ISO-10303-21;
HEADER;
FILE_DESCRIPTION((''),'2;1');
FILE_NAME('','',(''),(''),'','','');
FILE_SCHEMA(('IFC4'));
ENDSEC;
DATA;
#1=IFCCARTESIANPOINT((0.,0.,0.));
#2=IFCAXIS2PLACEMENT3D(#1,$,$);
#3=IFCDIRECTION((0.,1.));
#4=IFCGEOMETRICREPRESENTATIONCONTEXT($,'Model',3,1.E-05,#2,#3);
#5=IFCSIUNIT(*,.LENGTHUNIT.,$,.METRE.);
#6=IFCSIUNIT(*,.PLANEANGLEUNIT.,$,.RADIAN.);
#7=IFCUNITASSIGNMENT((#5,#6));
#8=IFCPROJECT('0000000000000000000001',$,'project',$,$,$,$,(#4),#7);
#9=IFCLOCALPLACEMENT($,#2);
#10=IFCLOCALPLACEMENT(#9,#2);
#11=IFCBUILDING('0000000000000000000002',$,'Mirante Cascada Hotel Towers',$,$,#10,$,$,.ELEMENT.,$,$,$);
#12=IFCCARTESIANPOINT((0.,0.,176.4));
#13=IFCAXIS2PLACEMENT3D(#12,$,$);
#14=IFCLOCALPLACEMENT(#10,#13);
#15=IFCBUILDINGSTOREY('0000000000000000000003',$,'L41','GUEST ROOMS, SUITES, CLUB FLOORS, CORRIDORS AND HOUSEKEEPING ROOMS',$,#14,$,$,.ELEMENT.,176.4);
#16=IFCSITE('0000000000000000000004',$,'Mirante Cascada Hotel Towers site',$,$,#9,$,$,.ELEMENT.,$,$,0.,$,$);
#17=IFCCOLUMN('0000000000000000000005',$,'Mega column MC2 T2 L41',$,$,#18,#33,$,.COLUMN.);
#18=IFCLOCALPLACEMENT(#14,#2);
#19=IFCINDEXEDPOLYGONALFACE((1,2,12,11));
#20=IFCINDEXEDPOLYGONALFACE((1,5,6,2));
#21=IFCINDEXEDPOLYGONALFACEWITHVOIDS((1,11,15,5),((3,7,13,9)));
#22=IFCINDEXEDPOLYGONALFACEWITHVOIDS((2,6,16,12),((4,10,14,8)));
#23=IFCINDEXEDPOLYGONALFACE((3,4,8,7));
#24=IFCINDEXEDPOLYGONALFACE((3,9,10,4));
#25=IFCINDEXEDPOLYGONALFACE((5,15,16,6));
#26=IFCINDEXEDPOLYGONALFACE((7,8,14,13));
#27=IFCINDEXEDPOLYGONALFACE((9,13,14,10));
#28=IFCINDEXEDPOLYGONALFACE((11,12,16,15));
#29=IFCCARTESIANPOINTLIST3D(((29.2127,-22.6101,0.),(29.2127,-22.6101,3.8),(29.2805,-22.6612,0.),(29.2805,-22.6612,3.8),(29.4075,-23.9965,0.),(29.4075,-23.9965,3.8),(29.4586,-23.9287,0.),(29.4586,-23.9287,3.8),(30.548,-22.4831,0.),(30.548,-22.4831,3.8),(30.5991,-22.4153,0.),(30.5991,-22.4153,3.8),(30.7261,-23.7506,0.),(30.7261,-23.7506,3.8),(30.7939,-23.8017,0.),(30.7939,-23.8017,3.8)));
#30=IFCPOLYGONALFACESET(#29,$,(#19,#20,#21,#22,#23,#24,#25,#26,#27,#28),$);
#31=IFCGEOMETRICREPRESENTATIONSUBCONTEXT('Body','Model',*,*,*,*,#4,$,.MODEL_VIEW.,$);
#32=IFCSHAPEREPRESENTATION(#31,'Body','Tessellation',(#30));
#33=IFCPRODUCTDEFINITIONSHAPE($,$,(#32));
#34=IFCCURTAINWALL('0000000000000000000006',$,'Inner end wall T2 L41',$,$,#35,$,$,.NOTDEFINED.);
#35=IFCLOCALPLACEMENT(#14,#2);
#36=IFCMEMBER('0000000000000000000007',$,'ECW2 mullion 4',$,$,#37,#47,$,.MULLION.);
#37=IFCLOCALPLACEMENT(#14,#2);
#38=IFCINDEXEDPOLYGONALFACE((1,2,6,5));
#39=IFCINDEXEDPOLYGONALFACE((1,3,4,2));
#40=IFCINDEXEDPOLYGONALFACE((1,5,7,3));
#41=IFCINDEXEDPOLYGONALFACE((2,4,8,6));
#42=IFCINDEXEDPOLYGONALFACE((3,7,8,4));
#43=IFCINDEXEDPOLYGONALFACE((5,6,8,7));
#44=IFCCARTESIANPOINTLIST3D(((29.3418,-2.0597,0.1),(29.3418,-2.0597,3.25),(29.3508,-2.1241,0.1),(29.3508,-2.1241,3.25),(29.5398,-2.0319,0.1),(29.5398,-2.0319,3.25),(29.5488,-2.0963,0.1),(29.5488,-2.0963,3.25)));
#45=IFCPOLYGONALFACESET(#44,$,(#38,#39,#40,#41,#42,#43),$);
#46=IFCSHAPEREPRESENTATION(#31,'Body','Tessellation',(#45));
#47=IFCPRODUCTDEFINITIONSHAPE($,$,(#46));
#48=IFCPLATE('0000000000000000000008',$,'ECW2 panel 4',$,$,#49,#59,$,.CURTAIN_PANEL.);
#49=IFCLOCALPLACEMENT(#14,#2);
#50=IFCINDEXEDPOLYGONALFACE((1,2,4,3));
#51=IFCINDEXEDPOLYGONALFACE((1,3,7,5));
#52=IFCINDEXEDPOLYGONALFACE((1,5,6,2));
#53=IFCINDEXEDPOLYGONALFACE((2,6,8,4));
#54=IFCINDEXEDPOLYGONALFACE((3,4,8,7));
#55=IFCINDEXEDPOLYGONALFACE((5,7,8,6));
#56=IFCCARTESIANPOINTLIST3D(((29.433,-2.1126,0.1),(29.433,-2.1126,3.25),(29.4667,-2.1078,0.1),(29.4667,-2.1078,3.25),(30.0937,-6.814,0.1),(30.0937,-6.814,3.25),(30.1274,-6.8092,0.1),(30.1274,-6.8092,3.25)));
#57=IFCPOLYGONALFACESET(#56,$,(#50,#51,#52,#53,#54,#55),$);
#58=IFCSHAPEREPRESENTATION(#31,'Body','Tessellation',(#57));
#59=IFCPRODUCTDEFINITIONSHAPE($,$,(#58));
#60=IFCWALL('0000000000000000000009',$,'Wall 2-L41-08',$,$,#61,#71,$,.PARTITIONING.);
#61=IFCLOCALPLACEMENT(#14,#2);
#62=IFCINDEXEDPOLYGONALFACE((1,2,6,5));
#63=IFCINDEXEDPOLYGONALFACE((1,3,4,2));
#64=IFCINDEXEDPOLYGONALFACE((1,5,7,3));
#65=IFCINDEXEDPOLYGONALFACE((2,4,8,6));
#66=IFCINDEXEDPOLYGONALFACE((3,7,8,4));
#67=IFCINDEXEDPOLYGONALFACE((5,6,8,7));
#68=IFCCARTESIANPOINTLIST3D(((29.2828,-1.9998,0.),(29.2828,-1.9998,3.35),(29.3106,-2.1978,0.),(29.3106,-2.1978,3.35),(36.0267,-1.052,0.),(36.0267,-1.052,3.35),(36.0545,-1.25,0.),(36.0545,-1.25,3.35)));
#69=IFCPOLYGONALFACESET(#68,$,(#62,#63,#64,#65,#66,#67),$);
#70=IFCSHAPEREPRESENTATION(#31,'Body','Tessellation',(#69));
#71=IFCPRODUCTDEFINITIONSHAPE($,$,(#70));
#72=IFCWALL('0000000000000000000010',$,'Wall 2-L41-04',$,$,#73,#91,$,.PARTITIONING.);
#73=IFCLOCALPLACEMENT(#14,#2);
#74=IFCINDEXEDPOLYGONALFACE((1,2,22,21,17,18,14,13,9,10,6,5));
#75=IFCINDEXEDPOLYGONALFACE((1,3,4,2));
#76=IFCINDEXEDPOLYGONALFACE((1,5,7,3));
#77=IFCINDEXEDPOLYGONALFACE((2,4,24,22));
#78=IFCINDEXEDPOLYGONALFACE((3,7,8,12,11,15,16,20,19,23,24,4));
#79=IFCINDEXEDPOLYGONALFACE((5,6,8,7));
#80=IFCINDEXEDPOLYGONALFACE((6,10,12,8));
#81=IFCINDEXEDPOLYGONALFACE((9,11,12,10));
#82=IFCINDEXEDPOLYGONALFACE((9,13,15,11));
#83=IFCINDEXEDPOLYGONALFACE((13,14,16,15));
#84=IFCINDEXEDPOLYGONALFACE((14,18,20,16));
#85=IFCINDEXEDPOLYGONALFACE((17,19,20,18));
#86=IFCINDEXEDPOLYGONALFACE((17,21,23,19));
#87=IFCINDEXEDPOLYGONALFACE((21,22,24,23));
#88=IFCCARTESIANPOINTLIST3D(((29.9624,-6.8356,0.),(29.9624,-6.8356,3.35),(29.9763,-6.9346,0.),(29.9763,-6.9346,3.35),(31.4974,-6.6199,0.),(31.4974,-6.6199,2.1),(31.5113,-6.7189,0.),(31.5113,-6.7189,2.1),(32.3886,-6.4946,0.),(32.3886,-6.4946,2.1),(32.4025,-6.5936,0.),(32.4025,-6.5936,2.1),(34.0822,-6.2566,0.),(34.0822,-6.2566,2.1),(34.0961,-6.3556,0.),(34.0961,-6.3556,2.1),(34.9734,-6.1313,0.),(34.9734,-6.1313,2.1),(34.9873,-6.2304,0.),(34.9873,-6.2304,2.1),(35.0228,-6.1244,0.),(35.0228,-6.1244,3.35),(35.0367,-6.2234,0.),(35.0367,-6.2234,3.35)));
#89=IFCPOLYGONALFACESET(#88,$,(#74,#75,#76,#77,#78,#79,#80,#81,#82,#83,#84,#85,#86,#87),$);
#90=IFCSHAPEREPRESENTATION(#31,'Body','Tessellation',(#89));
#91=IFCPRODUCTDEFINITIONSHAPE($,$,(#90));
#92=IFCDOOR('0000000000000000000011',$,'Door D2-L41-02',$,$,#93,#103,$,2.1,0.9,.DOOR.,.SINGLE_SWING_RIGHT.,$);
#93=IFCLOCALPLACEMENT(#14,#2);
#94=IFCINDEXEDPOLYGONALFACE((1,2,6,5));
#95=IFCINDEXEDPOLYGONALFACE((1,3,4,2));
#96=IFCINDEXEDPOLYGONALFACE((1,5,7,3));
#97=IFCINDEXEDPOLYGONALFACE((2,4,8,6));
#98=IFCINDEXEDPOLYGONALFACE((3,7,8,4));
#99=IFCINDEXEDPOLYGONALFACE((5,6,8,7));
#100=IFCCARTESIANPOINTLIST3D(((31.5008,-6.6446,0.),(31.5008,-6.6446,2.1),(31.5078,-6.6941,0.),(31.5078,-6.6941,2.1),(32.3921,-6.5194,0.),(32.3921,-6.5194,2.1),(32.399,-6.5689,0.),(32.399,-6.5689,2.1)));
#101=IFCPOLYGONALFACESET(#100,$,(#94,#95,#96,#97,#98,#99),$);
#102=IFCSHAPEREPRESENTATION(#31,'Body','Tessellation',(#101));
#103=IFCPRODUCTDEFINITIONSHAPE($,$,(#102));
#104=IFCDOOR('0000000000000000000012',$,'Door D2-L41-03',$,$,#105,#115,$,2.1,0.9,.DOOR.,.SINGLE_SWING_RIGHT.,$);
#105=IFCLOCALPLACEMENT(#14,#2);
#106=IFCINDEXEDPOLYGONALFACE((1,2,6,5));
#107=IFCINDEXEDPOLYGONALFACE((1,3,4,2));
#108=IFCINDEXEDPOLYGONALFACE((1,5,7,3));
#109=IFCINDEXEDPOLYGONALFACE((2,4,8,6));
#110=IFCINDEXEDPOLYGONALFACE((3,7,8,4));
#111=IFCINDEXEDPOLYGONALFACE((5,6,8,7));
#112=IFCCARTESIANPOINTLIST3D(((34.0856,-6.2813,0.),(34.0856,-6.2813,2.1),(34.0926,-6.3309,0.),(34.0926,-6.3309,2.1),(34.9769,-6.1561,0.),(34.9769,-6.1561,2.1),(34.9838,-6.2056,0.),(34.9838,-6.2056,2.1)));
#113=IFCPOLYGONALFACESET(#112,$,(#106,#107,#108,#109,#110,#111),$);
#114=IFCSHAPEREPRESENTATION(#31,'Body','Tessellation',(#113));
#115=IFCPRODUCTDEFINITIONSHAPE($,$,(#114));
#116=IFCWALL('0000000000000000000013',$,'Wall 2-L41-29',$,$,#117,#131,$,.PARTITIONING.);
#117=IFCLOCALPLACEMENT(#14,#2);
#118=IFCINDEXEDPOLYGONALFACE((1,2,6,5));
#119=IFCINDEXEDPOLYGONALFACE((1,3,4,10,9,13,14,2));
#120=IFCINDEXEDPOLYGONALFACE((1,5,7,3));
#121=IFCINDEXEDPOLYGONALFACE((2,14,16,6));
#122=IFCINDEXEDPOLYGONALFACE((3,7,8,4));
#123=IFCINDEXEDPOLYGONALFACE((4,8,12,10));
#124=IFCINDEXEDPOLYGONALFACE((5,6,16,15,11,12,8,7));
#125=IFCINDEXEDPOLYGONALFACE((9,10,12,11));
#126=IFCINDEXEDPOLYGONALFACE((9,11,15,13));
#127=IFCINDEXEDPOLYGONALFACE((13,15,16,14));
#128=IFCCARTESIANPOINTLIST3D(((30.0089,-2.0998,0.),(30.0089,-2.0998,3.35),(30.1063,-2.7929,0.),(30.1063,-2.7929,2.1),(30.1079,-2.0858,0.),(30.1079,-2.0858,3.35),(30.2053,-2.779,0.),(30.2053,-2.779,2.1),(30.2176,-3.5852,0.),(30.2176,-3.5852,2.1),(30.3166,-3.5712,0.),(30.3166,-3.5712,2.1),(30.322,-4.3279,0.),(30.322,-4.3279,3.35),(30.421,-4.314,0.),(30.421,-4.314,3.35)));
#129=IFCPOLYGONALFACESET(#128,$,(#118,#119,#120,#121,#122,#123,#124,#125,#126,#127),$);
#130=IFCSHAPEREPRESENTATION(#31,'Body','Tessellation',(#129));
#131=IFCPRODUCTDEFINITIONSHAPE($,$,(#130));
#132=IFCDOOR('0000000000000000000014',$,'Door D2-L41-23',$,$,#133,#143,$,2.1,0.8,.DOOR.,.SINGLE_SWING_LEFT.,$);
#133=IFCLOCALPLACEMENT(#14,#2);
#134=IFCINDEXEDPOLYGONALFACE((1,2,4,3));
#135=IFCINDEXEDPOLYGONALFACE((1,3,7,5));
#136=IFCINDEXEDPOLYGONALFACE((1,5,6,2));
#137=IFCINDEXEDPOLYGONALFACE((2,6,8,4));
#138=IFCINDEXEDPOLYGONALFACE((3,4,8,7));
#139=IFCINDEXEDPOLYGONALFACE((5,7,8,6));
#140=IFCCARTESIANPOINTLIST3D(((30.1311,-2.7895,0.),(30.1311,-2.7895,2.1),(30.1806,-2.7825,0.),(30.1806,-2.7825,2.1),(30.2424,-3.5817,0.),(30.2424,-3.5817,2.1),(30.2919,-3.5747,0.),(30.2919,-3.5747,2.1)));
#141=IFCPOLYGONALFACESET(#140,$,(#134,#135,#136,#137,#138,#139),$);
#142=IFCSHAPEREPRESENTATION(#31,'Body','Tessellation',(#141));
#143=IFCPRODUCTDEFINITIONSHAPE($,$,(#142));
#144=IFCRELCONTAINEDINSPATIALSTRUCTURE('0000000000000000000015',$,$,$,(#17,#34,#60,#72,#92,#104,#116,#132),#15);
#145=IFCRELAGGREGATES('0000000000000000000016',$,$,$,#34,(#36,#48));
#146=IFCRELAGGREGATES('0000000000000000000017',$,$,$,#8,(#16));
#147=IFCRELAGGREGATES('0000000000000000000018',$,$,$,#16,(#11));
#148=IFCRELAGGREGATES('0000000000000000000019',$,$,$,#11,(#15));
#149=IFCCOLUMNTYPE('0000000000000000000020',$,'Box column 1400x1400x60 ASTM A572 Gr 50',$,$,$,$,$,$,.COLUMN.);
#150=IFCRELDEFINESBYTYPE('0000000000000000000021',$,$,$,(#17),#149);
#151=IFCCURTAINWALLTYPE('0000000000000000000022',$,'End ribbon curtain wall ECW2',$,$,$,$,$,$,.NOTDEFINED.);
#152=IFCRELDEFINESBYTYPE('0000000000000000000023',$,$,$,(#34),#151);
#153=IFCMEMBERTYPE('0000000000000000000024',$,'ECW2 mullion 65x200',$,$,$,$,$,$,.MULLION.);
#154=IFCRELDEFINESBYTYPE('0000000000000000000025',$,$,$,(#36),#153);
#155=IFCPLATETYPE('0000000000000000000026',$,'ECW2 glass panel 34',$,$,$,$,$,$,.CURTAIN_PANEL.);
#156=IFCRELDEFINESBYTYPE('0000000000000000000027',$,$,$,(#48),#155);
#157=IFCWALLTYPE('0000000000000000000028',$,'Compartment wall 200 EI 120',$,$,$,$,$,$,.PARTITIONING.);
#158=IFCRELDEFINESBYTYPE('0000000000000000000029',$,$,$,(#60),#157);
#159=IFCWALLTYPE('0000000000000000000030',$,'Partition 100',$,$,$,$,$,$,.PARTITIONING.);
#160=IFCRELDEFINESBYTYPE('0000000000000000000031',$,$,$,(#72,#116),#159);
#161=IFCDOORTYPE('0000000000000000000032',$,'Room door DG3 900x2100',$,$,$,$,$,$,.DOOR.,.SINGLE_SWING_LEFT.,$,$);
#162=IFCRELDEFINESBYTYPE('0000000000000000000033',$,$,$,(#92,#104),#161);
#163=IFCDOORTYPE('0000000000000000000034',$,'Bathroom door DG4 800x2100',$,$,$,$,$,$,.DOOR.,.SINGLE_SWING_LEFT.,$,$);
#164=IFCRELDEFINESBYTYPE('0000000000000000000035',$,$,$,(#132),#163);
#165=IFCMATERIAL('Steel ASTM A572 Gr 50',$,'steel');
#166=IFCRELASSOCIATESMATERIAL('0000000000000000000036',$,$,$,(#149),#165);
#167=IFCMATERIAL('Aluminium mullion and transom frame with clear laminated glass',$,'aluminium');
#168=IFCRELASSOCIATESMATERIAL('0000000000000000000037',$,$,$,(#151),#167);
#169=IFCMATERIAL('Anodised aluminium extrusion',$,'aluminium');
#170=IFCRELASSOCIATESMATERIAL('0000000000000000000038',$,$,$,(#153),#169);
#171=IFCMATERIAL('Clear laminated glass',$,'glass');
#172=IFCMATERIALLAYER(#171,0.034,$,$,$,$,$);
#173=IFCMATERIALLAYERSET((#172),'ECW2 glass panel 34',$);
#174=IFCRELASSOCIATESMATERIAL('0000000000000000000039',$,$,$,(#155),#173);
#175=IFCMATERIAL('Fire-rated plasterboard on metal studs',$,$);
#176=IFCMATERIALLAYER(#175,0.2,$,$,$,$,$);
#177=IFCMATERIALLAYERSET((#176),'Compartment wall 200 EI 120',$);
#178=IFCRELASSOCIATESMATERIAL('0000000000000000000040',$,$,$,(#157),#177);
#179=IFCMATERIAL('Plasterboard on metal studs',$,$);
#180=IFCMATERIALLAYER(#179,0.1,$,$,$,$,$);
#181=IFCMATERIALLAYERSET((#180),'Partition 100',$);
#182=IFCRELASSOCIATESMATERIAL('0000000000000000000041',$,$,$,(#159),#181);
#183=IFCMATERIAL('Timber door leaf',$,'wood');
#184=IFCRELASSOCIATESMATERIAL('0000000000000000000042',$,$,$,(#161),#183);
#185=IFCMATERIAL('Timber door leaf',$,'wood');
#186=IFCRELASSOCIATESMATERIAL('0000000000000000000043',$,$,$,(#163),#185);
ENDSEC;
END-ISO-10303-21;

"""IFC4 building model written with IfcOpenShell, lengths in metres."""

from ifc_helpers import new_model, si_unit, direction, frame, frame_2d, origin, origin_2d, place, context, subcontext, project, spatial, rectangle, hollow_rectangle, extrude, material, layer, layer_set, material_profile, profile_set, type_object, element, fill, aggregate, save


model = new_model("IFC4")

# Units and contexts
model_context = context("Model", 3, precision=1e-05, world=origin(), true_north=direction((0.0, 1.0)))
body_context = subcontext(model_context, "Body", "Model", "MODEL_VIEW")
ifc_project = project(units=[si_unit("LENGTHUNIT", "METRE"), si_unit("PLANEANGLEUNIT", "RADIAN")], contexts=[model_context])

# Site, building, storey
site_placement = place(None, origin())
site = spatial("IfcSite", under=ifc_project, at=site_placement, Name="Mirante Cascada Hotel Towers site", CompositionType="ELEMENT", RefElevation=0.0)
building_placement = place(site_placement, origin())
building = spatial("IfcBuilding", under=site, at=building_placement, Name="Mirante Cascada Hotel Towers", CompositionType="ELEMENT")
storey_placement = place(building_placement, frame((0.0, 0.0, 176.4)))
storey = spatial("IfcBuildingStorey", under=building, at=storey_placement, Name="L41", Description="GUEST ROOMS, SUITES, CLUB FLOORS, CORRIDORS AND HOUSEKEEPING ROOMS", CompositionType="ELEMENT", Elevation=176.4)

# Column
ifc_material_1 = material(Name="Steel ASTM A572 Gr 50", Category="steel")
ifc_material_profile_1 = material_profile(ifc_material_1, hollow_rectangle(XDim=1.4, YDim=1.4, WallThickness=0.06, at=origin_2d()), Name="Box column 1400x1400x60 ASTM A572 Gr 50")
ifc_profile_set_1 = profile_set([ifc_material_profile_1], Name="Steel ASTM A572 Gr 50")
column_type = type_object("IfcColumnType", Name="Box column 1400x1400x60 ASTM A572 Gr 50", PredefinedType="COLUMN", material=ifc_profile_set_1)
column_placement = place(storey_placement, frame((30.0033, -23.2059, 0.0), z_axis=(0.0, 0.0, 1.0), x_axis=(0.990268, 0.139173, 0.0)))
element("IfcColumn", 1, at=column_placement, inside=storey, type_object=column_type, Name="Mega column MC2 T2 L41", PredefinedType="COLUMN", context=body_context, shape_type="SweptSolid", body=[
    extrude(hollow_rectangle(XDim=1.4, YDim=1.4, WallThickness=0.06, at=origin_2d()), origin(), (0.0, 0.0, 1.0), 3.8),
])

# Curtain wall, member, plate
ifc_material_2 = material(Name="Aluminium mullion and transom frame with clear laminated glass", Category="aluminium")
curtain_wall_type = type_object("IfcCurtainWallType", Name="End ribbon curtain wall ECW2", PredefinedType="NOTDEFINED", material=ifc_material_2)
curtain_wall_placement = place(storey_placement, origin())
curtain_wall = element("IfcCurtainWall", 2, at=curtain_wall_placement, inside=storey, type_object=curtain_wall_type, Name="Inner end wall T2 L41", PredefinedType="NOTDEFINED")
ifc_material_3 = material(Name="Anodised aluminium extrusion", Category="aluminium")
ifc_material_profile_2 = material_profile(ifc_material_3, rectangle(XDim=0.2, YDim=0.065, at=origin_2d()), Name="ECW2 MULLION 65x200")
ifc_profile_set_2 = profile_set([ifc_material_profile_2], Name="Anodised aluminium extrusion")
member_type = type_object("IfcMemberType", Name="ECW2 mullion 65x200", PredefinedType="MULLION", material=ifc_profile_set_2)
member_placement = place(storey_placement, frame((29.4453, -2.078, 0.1), z_axis=(0.0, 0.0, 1.0), x_axis=(0.990268, 0.139173, 0.0)))
member = element("IfcMember", 3, at=member_placement, type_object=member_type, Name="ECW2 mullion 4", PredefinedType="MULLION", context=body_context, shape_type="SweptSolid", body=[
    extrude(rectangle(XDim=0.2, YDim=0.065, at=origin_2d()), origin(), (0.0, 0.0, 1.0), 3.15),
])
ifc_material_4 = material(Name="Clear laminated glass", Category="glass")
ifc_layer_1 = layer(ifc_material_4, 0.034)
ifc_layer_set_1 = layer_set([ifc_layer_1], Name="ECW2 glass panel 34")
plate_type = type_object("IfcPlateType", Name="ECW2 glass panel 34", PredefinedType="CURTAIN_PANEL", material=ifc_layer_set_1)
plate_placement = place(storey_placement, frame((29.7802, -4.4609, 0.1), z_axis=(0.0, 0.0, 1.0), x_axis=(0.139173, -0.990268, 0.0)))
plate = element("IfcPlate", 4, at=plate_placement, type_object=plate_type, Name="ECW2 panel 4", PredefinedType="CURTAIN_PANEL", context=body_context, shape_type="SweptSolid", body=[
    extrude(rectangle(XDim=4.7476, YDim=0.034, at=origin_2d()), origin(), (0.0, 0.0, 1.0), 3.15),
])
aggregate(curtain_wall, [member, plate])

# Wall
ifc_material_5 = material(Name="Fire-rated plasterboard on metal studs")
ifc_layer_2 = layer(ifc_material_5, 0.2)
ifc_layer_set_2 = layer_set([ifc_layer_2], Name="Compartment wall 200 EI 120")
wall_type_1 = type_object("IfcWallType", Name="Compartment wall 200 EI 120", PredefinedType="PARTITIONING", material=ifc_layer_set_2)
wall_1_placement = place(storey_placement, frame((29.2967, -2.0988, 0.0), z_axis=(0.0, 0.0, 1.0), x_axis=(0.990268, 0.139174, 0.0)))
element("IfcWall", 5, at=wall_1_placement, inside=storey, type_object=wall_type_1, Name="Wall 2-L41-08", PredefinedType="PARTITIONING", context=body_context, shape_type="SweptSolid", body=[
    extrude(rectangle(XDim=6.8102, YDim=0.2, at=frame_2d((3.4051, 0.0))), origin(), (0.0, 0.0, 1.0), 3.35),
])

# Wall, openings, doors
ifc_material_6 = material(Name="Plasterboard on metal studs")
ifc_layer_3 = layer(ifc_material_6, 0.1)
ifc_layer_set_3 = layer_set([ifc_layer_3], Name="Partition 100")
wall_type_2 = type_object("IfcWallType", Name="Partition 100", PredefinedType="PARTITIONING", material=ifc_layer_set_3)
wall_2_placement = place(storey_placement, frame((29.9694, -6.8851, 0.0), z_axis=(0.0, 0.0, 1.0), x_axis=(0.990268, 0.139175, 0.0)))
wall_2 = element("IfcWall", 6, at=wall_2_placement, inside=storey, type_object=wall_type_2, Name="Wall 2-L41-04", PredefinedType="PARTITIONING", context=body_context, shape_type="SweptSolid", body=[
    extrude(rectangle(XDim=5.1101, YDim=0.1, at=frame_2d((2.555, 0.0))), origin(), (0.0, 0.0, 1.0), 3.35),
])
opening_1_placement = place(wall_2_placement, frame((1.55, 0.0, 0.0)))
opening_1 = element("IfcOpeningElement", 7, at=opening_1_placement, cuts=wall_2, PredefinedType="OPENING", context=body_context, shape_type="SweptSolid", body=[
    extrude(rectangle(XDim=0.9, YDim=2.1, at=frame_2d((0.45, 1.05))), frame((0.0, 0.05, 0.0), z_axis=(0.0, -1.0, 0.0), x_axis=(1.0, 0.0, 0.0)), (0.0, 0.0, 1.0), 0.1),
])
opening_2_placement = place(wall_2_placement, frame((4.1602, 0.0, 0.0)))
opening_2 = element("IfcOpeningElement", 8, at=opening_2_placement, cuts=wall_2, PredefinedType="OPENING", context=body_context, shape_type="SweptSolid", body=[
    extrude(rectangle(XDim=0.9, YDim=2.1, at=frame_2d((0.45, 1.05))), frame((0.0, 0.05, 0.0), z_axis=(0.0, -1.0, 0.0), x_axis=(1.0, 0.0, 0.0)), (0.0, 0.0, 1.0), 0.1),
])
ifc_material_7 = material(Name="Timber door leaf", Category="wood")
door_type_1 = type_object("IfcDoorType", Name="Room door DG3 900x2100", OperationType="SINGLE_SWING_LEFT", PredefinedType="DOOR", material=ifc_material_7)
door_1_placement = place(opening_1_placement, frame((0.9, 0.0, 0.0), z_axis=(0.0, 0.0, 1.0), x_axis=(-1.0, 0.0, 0.0)))
door_1 = element("IfcDoor", 9, at=door_1_placement, inside=storey, type_object=door_type_1, Name="Door D2-L41-02", OperationType="SINGLE_SWING_RIGHT", OverallHeight=2.1, OverallWidth=0.9, PredefinedType="DOOR", context=body_context, shape_type="SweptSolid", body=[
    extrude(rectangle(XDim=0.9, YDim=2.1, at=frame_2d((0.45, 1.05))), frame((0.0, 0.025, 0.0), z_axis=(0.0, -1.0, 0.0), x_axis=(1.0, 0.0, 0.0)), (0.0, 0.0, 1.0), 0.05),
])
fill(opening_1, door_1)
door_2_placement = place(opening_2_placement, frame((0.9, 0.0, 0.0), z_axis=(0.0, 0.0, 1.0), x_axis=(-1.0, 0.0, 0.0)))
door_2 = element("IfcDoor", 10, at=door_2_placement, inside=storey, type_object=door_type_1, Name="Door D2-L41-03", OperationType="SINGLE_SWING_RIGHT", OverallHeight=2.1, OverallWidth=0.9, PredefinedType="DOOR", context=body_context, shape_type="SweptSolid", body=[
    extrude(rectangle(XDim=0.9, YDim=2.1, at=frame_2d((0.45, 1.05))), frame((0.0, 0.025, 0.0), z_axis=(0.0, -1.0, 0.0), x_axis=(1.0, 0.0, 0.0)), (0.0, 0.0, 1.0), 0.05),
])
fill(opening_2, door_2)

# Wall, opening, door
wall_3_placement = place(storey_placement, frame((30.0584, -2.0928, 0.0), z_axis=(0.0, 0.0, 1.0), x_axis=(0.139156, -0.990271, 0.0)))
wall_3 = element("IfcWall", 11, at=wall_3_placement, inside=storey, type_object=wall_type_2, Name="Wall 2-L41-29", PredefinedType="PARTITIONING", context=body_context, shape_type="SweptSolid", body=[
    extrude(rectangle(XDim=2.25, YDim=0.1, at=frame_2d((1.125, 0.0))), origin(), (0.0, 0.0, 1.0), 3.35),
])
opening_3_placement = place(wall_3_placement, frame((0.7, 0.0, 0.0)))
opening_3 = element("IfcOpeningElement", 12, at=opening_3_placement, cuts=wall_3, PredefinedType="OPENING", context=body_context, shape_type="SweptSolid", body=[
    extrude(rectangle(XDim=0.8, YDim=2.1, at=frame_2d((0.4, 1.05))), frame((0.0, 0.05, 0.0), z_axis=(0.0, -1.0, 0.0), x_axis=(1.0, 0.0, 0.0)), (0.0, 0.0, 1.0), 0.1),
])
ifc_material_8 = material(Name="Timber door leaf", Category="wood")
door_type_2 = type_object("IfcDoorType", Name="Bathroom door DG4 800x2100", OperationType="SINGLE_SWING_LEFT", PredefinedType="DOOR", material=ifc_material_8)
door_3_placement = place(opening_3_placement, origin())
door_3 = element("IfcDoor", 13, at=door_3_placement, inside=storey, type_object=door_type_2, Name="Door D2-L41-23", OperationType="SINGLE_SWING_LEFT", OverallHeight=2.1, OverallWidth=0.8, PredefinedType="DOOR", context=body_context, shape_type="SweptSolid", body=[
    extrude(rectangle(XDim=0.8, YDim=2.1, at=frame_2d((0.4, 1.05))), frame((0.0, 0.025, 0.0), z_axis=(0.0, -1.0, 0.0), x_axis=(1.0, 0.0, 0.0)), (0.0, 0.0, 1.0), 0.05),
])
fill(opening_3, door_3)

save(model, "model.ifc")
